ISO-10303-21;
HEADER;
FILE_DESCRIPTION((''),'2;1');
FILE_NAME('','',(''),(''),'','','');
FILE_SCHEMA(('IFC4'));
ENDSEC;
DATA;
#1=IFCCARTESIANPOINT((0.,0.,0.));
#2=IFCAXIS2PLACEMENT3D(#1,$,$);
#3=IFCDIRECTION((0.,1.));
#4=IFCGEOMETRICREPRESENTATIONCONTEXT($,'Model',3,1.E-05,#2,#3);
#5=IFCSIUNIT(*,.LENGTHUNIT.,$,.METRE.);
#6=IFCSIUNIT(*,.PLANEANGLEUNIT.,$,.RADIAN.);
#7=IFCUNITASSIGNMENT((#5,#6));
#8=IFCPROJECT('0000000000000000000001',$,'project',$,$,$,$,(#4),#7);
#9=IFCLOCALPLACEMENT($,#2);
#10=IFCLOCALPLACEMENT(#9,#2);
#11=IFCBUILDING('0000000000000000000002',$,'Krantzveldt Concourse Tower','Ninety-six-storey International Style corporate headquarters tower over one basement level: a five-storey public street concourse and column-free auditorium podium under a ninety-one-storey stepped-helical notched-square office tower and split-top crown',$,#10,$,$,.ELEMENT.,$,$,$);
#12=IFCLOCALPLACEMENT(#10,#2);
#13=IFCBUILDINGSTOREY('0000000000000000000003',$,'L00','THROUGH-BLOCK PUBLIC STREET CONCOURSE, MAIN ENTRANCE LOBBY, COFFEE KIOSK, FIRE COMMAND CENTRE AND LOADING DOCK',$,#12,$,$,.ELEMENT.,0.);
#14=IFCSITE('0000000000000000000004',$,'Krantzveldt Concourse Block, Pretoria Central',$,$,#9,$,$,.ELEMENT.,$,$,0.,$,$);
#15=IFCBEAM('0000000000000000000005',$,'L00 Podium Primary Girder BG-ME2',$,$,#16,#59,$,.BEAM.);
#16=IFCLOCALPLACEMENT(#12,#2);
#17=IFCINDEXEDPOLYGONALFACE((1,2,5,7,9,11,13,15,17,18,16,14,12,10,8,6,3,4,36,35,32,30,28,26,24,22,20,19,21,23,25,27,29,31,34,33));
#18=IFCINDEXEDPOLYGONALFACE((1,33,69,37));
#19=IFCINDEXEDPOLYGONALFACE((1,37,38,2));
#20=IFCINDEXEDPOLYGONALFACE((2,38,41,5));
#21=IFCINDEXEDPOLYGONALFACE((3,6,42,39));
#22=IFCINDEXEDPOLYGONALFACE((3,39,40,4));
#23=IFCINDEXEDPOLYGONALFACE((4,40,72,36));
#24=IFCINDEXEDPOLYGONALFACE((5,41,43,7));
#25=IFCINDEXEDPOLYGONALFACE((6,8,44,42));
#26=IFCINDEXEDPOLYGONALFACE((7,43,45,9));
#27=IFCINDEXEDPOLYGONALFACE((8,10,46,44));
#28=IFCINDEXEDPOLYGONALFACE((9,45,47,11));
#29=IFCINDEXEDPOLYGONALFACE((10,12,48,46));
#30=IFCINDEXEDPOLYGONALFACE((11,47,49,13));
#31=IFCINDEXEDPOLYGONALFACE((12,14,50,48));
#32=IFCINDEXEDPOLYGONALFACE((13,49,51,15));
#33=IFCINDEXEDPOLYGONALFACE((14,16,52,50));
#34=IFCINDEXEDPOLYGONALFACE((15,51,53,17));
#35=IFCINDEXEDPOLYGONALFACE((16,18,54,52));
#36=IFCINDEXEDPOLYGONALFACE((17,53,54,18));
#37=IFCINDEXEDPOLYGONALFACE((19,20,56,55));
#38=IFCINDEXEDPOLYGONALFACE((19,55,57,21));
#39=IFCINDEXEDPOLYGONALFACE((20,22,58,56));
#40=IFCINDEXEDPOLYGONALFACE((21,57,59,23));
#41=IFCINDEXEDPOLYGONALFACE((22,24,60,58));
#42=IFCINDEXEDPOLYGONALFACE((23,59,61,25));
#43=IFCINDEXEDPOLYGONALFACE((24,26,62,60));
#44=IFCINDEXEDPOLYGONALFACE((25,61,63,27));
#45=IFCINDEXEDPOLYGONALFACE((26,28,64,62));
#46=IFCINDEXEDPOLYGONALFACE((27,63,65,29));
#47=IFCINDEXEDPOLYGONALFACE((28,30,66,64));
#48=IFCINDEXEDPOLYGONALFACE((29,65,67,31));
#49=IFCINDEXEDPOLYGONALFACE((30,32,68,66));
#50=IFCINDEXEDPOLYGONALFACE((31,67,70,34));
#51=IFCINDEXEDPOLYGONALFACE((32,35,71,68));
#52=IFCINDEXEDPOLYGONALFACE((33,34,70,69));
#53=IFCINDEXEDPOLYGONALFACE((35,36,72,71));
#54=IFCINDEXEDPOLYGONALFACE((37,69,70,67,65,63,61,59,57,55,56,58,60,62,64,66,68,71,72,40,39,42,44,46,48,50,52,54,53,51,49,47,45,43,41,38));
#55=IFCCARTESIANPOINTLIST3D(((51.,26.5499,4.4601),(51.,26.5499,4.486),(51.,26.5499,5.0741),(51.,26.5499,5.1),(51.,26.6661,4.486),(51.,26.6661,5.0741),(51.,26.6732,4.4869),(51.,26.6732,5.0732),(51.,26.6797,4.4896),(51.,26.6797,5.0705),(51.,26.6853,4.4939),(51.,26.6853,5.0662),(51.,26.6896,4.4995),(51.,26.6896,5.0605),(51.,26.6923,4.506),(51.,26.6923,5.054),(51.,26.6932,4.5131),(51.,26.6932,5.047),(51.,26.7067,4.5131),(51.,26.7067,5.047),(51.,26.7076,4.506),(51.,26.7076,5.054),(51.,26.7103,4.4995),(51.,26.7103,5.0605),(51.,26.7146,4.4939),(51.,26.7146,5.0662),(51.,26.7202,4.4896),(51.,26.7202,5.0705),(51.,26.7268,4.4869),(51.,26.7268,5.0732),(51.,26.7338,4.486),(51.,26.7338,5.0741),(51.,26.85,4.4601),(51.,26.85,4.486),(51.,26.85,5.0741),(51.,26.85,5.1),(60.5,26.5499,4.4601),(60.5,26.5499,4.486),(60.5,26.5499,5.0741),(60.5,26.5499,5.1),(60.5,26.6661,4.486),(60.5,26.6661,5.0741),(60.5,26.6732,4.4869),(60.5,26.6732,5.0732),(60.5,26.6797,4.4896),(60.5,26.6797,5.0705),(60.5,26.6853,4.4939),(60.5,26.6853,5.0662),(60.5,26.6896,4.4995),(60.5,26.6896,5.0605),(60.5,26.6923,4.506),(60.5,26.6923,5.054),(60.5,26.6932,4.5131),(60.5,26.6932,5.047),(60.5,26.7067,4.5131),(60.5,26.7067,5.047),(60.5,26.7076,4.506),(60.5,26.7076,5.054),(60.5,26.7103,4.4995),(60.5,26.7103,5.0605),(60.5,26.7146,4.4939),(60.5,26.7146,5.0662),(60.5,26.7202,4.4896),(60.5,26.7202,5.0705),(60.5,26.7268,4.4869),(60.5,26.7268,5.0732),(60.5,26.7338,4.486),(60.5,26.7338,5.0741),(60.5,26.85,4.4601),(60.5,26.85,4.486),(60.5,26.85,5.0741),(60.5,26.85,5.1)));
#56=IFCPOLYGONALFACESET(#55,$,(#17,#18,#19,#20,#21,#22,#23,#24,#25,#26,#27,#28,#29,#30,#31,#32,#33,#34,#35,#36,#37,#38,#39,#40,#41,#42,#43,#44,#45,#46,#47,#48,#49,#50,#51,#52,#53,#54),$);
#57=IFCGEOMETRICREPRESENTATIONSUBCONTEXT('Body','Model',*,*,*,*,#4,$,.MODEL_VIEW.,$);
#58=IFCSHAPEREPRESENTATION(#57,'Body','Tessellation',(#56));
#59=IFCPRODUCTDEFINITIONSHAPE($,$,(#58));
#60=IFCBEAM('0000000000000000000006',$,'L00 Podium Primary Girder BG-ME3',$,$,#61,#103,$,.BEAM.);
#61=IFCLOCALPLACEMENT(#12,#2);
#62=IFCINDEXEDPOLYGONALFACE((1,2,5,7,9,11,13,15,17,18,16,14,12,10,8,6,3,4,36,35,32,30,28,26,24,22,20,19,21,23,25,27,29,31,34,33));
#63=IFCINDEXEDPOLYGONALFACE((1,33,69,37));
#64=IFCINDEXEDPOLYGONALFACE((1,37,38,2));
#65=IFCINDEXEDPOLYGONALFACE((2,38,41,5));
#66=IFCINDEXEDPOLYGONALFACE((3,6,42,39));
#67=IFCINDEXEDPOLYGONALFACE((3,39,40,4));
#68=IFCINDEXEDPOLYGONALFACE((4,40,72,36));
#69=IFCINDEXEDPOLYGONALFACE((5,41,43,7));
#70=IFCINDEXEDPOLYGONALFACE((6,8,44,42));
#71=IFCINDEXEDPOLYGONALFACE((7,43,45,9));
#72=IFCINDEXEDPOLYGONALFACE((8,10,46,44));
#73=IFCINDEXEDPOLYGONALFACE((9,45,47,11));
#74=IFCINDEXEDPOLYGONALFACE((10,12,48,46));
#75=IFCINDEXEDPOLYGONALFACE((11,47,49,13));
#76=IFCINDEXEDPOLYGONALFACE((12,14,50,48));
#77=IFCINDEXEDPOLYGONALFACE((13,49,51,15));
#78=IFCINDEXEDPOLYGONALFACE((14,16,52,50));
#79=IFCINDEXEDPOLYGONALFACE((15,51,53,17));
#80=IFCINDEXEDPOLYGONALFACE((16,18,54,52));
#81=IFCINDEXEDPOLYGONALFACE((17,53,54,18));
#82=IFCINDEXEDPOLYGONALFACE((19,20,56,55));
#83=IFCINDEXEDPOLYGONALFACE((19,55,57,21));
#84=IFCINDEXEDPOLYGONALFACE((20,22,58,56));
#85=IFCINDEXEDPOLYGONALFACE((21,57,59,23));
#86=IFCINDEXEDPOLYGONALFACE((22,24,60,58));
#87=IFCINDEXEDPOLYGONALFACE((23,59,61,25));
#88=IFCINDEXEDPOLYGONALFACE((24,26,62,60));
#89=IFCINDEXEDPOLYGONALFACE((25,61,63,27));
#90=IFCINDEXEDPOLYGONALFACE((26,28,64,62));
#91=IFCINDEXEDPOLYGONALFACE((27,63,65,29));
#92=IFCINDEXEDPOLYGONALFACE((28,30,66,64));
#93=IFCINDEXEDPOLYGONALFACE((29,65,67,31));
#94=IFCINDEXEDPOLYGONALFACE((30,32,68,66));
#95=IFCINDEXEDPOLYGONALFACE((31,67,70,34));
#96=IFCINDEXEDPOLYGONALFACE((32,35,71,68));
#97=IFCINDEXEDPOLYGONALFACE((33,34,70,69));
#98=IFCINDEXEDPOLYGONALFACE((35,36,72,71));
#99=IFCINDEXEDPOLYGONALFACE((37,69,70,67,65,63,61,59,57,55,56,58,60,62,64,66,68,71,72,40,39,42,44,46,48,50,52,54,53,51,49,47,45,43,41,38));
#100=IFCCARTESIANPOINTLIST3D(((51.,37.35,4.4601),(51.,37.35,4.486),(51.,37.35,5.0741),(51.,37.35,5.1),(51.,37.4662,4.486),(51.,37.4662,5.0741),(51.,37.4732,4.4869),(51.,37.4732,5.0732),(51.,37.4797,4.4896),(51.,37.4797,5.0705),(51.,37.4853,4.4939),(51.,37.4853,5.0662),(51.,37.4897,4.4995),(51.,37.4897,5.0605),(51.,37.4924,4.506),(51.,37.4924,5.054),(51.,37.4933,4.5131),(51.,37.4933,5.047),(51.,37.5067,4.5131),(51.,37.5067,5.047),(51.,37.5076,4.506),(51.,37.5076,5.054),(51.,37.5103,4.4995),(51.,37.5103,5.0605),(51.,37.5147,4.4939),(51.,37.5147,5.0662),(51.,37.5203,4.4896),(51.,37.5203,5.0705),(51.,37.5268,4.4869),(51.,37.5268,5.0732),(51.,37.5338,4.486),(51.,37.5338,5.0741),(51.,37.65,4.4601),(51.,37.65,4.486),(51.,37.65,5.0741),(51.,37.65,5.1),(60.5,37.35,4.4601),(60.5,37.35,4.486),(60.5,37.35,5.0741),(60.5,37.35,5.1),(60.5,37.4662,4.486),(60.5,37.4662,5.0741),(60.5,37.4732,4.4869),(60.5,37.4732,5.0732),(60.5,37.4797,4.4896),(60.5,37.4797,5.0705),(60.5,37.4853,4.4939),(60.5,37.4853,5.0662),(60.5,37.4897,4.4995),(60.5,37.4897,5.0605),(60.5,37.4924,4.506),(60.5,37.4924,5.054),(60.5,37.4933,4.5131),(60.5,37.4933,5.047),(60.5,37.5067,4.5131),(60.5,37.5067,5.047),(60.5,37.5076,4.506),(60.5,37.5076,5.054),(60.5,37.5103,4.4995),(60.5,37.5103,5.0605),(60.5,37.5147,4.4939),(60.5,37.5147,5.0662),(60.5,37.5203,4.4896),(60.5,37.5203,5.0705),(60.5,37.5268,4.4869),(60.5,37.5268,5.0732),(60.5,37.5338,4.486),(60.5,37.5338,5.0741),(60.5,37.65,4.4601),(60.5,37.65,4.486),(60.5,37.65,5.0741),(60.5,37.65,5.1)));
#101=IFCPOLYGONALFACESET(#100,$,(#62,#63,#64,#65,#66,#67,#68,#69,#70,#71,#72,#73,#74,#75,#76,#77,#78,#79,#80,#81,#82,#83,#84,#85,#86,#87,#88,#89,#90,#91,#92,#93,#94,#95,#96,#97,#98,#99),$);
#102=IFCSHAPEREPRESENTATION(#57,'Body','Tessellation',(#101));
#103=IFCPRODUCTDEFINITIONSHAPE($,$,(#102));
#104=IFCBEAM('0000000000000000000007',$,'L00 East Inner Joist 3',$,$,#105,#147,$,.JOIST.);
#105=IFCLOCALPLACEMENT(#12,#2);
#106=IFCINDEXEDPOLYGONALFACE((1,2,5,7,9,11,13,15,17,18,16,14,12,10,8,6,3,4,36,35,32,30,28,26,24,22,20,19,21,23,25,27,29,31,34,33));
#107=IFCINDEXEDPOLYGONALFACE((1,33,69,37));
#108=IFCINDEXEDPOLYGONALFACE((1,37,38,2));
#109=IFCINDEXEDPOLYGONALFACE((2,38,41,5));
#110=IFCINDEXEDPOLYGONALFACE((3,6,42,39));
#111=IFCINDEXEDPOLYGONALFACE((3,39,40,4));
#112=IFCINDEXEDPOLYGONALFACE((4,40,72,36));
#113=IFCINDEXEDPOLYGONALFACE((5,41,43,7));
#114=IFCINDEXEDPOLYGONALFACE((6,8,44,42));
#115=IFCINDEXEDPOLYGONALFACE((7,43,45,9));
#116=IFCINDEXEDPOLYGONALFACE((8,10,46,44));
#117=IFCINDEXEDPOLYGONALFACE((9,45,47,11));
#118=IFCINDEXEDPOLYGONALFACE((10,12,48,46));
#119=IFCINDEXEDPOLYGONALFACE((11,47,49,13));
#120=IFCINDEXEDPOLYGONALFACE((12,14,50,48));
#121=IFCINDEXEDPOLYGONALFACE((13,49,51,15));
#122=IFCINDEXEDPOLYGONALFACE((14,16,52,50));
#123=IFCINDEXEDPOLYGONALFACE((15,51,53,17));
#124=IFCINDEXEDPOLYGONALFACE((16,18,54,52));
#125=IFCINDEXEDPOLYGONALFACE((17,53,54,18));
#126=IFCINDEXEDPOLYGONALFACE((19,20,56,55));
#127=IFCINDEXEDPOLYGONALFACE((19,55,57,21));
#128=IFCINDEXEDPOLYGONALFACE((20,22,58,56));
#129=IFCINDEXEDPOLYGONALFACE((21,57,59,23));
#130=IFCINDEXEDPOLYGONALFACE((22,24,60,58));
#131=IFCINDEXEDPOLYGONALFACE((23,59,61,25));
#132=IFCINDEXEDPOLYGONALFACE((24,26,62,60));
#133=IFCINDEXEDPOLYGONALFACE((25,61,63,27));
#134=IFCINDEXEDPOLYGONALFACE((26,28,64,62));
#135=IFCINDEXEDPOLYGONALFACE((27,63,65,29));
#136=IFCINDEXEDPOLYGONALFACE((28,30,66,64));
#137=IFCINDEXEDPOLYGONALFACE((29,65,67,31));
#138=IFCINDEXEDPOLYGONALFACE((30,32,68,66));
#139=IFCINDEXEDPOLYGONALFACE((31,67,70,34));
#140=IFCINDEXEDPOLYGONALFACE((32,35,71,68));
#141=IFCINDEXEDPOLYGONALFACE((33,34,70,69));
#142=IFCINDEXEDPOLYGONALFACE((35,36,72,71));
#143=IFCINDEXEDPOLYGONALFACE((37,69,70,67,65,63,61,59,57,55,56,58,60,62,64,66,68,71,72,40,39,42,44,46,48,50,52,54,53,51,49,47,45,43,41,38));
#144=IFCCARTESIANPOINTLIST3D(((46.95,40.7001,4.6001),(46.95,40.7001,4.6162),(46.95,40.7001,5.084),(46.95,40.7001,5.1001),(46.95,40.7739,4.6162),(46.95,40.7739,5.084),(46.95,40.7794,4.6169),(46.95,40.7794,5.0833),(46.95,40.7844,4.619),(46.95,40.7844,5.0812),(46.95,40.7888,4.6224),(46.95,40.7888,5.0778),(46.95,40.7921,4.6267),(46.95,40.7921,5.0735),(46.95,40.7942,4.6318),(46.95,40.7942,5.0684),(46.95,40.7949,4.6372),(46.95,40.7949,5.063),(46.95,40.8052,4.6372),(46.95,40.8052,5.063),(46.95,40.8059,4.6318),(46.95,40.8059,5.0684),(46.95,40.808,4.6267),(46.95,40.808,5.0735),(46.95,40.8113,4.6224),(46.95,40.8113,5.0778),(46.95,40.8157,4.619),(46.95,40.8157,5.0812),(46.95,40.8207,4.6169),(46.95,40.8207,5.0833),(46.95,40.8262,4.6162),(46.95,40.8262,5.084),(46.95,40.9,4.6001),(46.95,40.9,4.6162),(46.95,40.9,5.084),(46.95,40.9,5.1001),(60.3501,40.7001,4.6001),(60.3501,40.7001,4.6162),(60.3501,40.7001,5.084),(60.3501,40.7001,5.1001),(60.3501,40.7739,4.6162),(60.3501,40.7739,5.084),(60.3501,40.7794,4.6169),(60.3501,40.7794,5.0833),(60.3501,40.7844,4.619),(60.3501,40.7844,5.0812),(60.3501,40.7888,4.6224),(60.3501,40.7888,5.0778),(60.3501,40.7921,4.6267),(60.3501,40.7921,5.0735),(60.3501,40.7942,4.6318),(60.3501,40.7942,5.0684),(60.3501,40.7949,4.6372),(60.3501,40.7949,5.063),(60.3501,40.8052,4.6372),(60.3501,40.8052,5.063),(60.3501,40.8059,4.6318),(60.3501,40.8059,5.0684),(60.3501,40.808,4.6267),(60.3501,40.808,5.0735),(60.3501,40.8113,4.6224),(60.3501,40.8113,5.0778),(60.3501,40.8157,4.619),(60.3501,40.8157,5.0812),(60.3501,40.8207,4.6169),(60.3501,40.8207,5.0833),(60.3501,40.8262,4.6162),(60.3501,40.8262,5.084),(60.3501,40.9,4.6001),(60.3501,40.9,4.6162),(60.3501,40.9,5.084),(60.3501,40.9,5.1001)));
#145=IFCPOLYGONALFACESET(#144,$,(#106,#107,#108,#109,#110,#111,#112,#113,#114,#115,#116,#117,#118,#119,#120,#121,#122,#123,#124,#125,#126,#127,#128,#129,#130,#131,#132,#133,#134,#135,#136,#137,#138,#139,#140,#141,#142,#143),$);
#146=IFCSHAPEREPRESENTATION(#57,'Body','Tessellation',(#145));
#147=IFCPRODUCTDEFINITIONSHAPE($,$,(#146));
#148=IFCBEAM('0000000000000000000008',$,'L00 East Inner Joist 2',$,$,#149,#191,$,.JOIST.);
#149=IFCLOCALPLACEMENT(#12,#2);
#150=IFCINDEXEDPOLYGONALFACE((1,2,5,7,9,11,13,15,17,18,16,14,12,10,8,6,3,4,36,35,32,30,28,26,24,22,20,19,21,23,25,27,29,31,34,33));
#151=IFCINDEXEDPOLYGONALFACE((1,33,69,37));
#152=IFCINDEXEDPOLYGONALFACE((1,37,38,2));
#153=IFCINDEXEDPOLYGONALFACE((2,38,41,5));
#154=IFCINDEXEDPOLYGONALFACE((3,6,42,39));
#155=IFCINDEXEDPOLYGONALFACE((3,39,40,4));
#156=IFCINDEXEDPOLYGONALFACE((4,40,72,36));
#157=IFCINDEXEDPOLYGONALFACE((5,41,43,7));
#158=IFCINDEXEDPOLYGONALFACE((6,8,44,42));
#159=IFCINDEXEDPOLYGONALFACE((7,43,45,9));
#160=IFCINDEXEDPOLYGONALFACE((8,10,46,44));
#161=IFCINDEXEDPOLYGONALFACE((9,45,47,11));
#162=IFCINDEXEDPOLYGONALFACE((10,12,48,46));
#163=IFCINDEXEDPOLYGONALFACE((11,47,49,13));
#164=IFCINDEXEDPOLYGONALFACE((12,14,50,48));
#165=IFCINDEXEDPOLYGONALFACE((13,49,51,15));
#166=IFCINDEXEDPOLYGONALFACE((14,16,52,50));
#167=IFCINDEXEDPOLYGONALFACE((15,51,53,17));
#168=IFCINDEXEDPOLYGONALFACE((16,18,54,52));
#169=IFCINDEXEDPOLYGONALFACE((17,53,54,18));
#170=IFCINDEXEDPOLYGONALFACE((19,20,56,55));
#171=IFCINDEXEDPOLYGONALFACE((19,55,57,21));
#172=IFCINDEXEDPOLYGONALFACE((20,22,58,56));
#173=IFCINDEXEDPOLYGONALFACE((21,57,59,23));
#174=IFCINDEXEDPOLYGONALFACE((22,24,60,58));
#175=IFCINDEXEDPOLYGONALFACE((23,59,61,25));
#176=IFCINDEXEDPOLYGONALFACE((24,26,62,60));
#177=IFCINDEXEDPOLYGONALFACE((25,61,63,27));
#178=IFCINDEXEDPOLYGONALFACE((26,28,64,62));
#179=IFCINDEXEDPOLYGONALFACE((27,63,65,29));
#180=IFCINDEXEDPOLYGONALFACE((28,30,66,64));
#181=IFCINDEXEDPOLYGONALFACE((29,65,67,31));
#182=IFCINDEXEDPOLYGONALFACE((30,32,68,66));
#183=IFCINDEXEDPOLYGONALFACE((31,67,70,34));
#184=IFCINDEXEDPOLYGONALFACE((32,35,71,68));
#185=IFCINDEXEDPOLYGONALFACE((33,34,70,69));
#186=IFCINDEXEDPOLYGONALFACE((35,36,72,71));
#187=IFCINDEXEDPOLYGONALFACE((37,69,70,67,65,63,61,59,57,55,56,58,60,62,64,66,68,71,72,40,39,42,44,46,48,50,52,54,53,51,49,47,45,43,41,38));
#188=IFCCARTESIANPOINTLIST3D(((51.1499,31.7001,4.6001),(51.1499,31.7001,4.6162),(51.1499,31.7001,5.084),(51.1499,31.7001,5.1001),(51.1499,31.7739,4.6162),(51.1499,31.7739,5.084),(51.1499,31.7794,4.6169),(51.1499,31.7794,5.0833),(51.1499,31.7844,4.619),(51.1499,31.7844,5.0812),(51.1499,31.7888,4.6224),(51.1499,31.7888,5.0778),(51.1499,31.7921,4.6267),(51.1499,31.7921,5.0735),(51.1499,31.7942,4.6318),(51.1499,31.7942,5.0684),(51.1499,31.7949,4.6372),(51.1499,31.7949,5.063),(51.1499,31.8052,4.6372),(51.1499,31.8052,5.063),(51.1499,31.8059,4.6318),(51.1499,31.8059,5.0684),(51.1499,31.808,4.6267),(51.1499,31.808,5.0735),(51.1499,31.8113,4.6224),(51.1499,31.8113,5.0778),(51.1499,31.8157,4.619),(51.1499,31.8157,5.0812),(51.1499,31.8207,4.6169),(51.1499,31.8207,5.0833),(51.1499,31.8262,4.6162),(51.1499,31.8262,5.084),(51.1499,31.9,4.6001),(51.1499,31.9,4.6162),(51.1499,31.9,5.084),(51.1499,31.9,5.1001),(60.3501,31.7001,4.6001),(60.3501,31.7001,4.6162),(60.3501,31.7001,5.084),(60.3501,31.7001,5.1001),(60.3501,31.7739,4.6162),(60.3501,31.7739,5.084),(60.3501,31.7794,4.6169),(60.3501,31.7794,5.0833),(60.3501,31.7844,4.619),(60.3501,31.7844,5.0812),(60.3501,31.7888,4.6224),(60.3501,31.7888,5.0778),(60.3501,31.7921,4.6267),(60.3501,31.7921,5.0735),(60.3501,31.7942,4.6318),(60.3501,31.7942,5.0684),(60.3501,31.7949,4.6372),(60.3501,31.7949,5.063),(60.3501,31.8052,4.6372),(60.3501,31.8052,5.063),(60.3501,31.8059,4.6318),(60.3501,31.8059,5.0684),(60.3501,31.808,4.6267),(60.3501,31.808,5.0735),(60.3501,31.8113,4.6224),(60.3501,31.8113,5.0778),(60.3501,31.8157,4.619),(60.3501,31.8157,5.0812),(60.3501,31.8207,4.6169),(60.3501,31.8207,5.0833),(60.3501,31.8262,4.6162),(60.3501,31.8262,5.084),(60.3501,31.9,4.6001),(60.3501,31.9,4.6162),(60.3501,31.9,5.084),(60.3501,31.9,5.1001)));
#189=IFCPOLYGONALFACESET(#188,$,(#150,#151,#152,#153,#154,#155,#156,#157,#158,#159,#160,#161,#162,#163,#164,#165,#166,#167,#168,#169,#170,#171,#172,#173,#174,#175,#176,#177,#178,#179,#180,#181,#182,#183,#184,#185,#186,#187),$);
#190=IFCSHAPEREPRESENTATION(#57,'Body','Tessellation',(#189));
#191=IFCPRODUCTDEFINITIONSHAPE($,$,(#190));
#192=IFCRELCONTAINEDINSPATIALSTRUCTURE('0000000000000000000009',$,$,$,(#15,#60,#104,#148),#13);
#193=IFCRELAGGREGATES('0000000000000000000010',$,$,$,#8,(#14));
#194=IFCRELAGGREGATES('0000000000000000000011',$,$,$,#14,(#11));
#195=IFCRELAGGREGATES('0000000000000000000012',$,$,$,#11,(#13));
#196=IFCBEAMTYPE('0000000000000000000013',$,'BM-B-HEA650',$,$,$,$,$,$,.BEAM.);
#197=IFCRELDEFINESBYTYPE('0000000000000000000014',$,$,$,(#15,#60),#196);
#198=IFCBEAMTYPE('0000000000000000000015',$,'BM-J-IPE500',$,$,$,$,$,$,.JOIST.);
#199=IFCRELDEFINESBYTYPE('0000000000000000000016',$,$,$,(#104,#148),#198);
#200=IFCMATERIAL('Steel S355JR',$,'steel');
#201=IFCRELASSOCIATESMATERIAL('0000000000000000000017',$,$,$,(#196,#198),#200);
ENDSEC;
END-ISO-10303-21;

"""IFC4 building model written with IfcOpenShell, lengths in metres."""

from ifc_helpers import new_model, si_unit, direction, frame, origin, origin_2d, place, context, subcontext, project, spatial, i_section, extrude, source, transform, mapped, material, material_profile, profile_set, type_object, type_shapes, element, save


model = new_model("IFC4")

# Units and contexts
model_context = context("Model", 3, precision=1e-05, world=origin(), true_north=direction((0.0, 1.0)))
body_context = subcontext(model_context, "Body", "Model", "MODEL_VIEW")
ifc_project = project(units=[si_unit("LENGTHUNIT", "METRE"), si_unit("PLANEANGLEUNIT", "RADIAN")], contexts=[model_context])

# Site, building, storey
site_placement = place(None, origin())
site = spatial("IfcSite", under=ifc_project, at=site_placement, Name="Krantzveldt Concourse Block, Pretoria Central", CompositionType="ELEMENT", RefElevation=0.0)
building_placement = place(site_placement, origin())
building = spatial("IfcBuilding", under=site, at=building_placement, Name="Krantzveldt Concourse Tower", Description="Ninety-six-storey International Style corporate headquarters tower over one basement level: a five-storey public street concourse and column-free auditorium podium under a ninety-one-storey stepped-helical notched-square office tower and split-top crown", CompositionType="ELEMENT")
storey_placement = place(building_placement, origin())
storey = spatial("IfcBuildingStorey", under=building, at=storey_placement, Name="L00", Description="THROUGH-BLOCK PUBLIC STREET CONCOURSE, MAIN ENTRANCE LOBBY, COFFEE KIOSK, FIRE COMMAND CENTRE AND LOADING DOCK", CompositionType="ELEMENT", Elevation=0.0)

# Beams
ifc_material_1 = material(Name="Steel S355JR", Category="steel")
ifc_material_profile_1 = material_profile(ifc_material_1, i_section(OverallWidth=0.3, OverallDepth=0.6399, WebThickness=0.0134, FlangeThickness=0.0259, FilletRadius=0.0271, at=origin_2d()), Name="Steel S355JR", Category="steel")
ifc_profile_set_1 = profile_set([ifc_material_profile_1], Name="Steel S355JR - HEA 650")
beam_type_1 = type_object("IfcBeamType", Name="BM-B-HEA650", PredefinedType="BEAM", material=ifc_profile_set_1)
shared_shape_1 = source(origin(), body_context, "Body", "SweptSolid", [
    extrude(i_section(OverallWidth=0.3, OverallDepth=0.6399, WebThickness=0.0134, FlangeThickness=0.0259, FilletRadius=0.0271, at=origin_2d()), origin(), (0.0, 0.0, 1.0), 9.5),
])
for number, where, z_axis, x_axis, name in (
    (1, (51.0, 26.7, 4.78), (1.0, 0.0, 0.0), (0.0, 1.0, 0.0), "L00 Podium Primary Girder BG-ME2"),
    (2, (51.0, 37.5, 4.78), (1.0, 0.0, 0.0), (0.0, 1.0, 0.0), "L00 Podium Primary Girder BG-ME3"),
):
    element("IfcBeam", number, at=place(storey_placement, frame(where, z_axis=z_axis, x_axis=x_axis)), inside=storey, type_object=beam_type_1, Name=name, PredefinedType="BEAM", context=body_context, shape_type="MappedRepresentation", body=[
        mapped(shared_shape_1, transform((0.0, 0.0, 0.0), x_axis=(1.0, 0.0, 0.0), y_axis=(0.0, 1.0, 0.0), z_axis=(0.0, 0.0, 1.0), scale=1.0)),
    ])
ifc_material_profile_2 = material_profile(ifc_material_1, i_section(OverallWidth=0.2, OverallDepth=0.5, WebThickness=0.0103, FlangeThickness=0.0161, FilletRadius=0.021, at=origin_2d()), Name="Steel S355JR", Category="steel")
ifc_profile_set_2 = profile_set([ifc_material_profile_2], Name="Steel S355JR - IPE 500")
beam_type_2 = type_object("IfcBeamType", Name="BM-J-IPE500", PredefinedType="JOIST", material=ifc_profile_set_2)
shared_shape_2 = source(origin(), body_context, "Body", "SweptSolid", [
    extrude(i_section(OverallWidth=0.2, OverallDepth=0.5, WebThickness=0.0103, FlangeThickness=0.0161, FilletRadius=0.021, at=origin_2d()), origin(), (0.0, 0.0, 1.0), 13.4001),
])
beam_1_placement = place(storey_placement, frame((46.95, 40.8, 4.8501), z_axis=(1.0, 0.0, 0.0), x_axis=(0.0, 1.0, 0.0)))
element("IfcBeam", 3, at=beam_1_placement, inside=storey, type_object=beam_type_2, Name="L00 East Inner Joist 3", PredefinedType="JOIST", context=body_context, shape_type="MappedRepresentation", body=[
    mapped(shared_shape_2, transform((0.0, 0.0, 0.0), x_axis=(1.0, 0.0, 0.0), y_axis=(0.0, 1.0, 0.0), z_axis=(0.0, 0.0, 1.0), scale=1.0)),
])
shared_shape_3 = source(origin(), body_context, "Body", "SweptSolid", [
    extrude(i_section(OverallWidth=0.2, OverallDepth=0.5, WebThickness=0.0103, FlangeThickness=0.0161, FilletRadius=0.021, at=origin_2d()), origin(), (0.0, 0.0, 1.0), 9.2002),
])
type_shapes(beam_type_2, [shared_shape_2, shared_shape_3])
beam_2_placement = place(storey_placement, frame((51.1499, 31.8, 4.8501), z_axis=(1.0, 0.0, 0.0), x_axis=(0.0, 1.0, 0.0)))
element("IfcBeam", 4, at=beam_2_placement, inside=storey, type_object=beam_type_2, Name="L00 East Inner Joist 2", PredefinedType="JOIST", context=body_context, shape_type="MappedRepresentation", body=[
    mapped(shared_shape_3, transform((0.0, 0.0, 0.0), x_axis=(1.0, 0.0, 0.0), y_axis=(0.0, 1.0, 0.0), z_axis=(0.0, 0.0, 1.0), scale=1.0)),
])

save(model, "model.ifc")
